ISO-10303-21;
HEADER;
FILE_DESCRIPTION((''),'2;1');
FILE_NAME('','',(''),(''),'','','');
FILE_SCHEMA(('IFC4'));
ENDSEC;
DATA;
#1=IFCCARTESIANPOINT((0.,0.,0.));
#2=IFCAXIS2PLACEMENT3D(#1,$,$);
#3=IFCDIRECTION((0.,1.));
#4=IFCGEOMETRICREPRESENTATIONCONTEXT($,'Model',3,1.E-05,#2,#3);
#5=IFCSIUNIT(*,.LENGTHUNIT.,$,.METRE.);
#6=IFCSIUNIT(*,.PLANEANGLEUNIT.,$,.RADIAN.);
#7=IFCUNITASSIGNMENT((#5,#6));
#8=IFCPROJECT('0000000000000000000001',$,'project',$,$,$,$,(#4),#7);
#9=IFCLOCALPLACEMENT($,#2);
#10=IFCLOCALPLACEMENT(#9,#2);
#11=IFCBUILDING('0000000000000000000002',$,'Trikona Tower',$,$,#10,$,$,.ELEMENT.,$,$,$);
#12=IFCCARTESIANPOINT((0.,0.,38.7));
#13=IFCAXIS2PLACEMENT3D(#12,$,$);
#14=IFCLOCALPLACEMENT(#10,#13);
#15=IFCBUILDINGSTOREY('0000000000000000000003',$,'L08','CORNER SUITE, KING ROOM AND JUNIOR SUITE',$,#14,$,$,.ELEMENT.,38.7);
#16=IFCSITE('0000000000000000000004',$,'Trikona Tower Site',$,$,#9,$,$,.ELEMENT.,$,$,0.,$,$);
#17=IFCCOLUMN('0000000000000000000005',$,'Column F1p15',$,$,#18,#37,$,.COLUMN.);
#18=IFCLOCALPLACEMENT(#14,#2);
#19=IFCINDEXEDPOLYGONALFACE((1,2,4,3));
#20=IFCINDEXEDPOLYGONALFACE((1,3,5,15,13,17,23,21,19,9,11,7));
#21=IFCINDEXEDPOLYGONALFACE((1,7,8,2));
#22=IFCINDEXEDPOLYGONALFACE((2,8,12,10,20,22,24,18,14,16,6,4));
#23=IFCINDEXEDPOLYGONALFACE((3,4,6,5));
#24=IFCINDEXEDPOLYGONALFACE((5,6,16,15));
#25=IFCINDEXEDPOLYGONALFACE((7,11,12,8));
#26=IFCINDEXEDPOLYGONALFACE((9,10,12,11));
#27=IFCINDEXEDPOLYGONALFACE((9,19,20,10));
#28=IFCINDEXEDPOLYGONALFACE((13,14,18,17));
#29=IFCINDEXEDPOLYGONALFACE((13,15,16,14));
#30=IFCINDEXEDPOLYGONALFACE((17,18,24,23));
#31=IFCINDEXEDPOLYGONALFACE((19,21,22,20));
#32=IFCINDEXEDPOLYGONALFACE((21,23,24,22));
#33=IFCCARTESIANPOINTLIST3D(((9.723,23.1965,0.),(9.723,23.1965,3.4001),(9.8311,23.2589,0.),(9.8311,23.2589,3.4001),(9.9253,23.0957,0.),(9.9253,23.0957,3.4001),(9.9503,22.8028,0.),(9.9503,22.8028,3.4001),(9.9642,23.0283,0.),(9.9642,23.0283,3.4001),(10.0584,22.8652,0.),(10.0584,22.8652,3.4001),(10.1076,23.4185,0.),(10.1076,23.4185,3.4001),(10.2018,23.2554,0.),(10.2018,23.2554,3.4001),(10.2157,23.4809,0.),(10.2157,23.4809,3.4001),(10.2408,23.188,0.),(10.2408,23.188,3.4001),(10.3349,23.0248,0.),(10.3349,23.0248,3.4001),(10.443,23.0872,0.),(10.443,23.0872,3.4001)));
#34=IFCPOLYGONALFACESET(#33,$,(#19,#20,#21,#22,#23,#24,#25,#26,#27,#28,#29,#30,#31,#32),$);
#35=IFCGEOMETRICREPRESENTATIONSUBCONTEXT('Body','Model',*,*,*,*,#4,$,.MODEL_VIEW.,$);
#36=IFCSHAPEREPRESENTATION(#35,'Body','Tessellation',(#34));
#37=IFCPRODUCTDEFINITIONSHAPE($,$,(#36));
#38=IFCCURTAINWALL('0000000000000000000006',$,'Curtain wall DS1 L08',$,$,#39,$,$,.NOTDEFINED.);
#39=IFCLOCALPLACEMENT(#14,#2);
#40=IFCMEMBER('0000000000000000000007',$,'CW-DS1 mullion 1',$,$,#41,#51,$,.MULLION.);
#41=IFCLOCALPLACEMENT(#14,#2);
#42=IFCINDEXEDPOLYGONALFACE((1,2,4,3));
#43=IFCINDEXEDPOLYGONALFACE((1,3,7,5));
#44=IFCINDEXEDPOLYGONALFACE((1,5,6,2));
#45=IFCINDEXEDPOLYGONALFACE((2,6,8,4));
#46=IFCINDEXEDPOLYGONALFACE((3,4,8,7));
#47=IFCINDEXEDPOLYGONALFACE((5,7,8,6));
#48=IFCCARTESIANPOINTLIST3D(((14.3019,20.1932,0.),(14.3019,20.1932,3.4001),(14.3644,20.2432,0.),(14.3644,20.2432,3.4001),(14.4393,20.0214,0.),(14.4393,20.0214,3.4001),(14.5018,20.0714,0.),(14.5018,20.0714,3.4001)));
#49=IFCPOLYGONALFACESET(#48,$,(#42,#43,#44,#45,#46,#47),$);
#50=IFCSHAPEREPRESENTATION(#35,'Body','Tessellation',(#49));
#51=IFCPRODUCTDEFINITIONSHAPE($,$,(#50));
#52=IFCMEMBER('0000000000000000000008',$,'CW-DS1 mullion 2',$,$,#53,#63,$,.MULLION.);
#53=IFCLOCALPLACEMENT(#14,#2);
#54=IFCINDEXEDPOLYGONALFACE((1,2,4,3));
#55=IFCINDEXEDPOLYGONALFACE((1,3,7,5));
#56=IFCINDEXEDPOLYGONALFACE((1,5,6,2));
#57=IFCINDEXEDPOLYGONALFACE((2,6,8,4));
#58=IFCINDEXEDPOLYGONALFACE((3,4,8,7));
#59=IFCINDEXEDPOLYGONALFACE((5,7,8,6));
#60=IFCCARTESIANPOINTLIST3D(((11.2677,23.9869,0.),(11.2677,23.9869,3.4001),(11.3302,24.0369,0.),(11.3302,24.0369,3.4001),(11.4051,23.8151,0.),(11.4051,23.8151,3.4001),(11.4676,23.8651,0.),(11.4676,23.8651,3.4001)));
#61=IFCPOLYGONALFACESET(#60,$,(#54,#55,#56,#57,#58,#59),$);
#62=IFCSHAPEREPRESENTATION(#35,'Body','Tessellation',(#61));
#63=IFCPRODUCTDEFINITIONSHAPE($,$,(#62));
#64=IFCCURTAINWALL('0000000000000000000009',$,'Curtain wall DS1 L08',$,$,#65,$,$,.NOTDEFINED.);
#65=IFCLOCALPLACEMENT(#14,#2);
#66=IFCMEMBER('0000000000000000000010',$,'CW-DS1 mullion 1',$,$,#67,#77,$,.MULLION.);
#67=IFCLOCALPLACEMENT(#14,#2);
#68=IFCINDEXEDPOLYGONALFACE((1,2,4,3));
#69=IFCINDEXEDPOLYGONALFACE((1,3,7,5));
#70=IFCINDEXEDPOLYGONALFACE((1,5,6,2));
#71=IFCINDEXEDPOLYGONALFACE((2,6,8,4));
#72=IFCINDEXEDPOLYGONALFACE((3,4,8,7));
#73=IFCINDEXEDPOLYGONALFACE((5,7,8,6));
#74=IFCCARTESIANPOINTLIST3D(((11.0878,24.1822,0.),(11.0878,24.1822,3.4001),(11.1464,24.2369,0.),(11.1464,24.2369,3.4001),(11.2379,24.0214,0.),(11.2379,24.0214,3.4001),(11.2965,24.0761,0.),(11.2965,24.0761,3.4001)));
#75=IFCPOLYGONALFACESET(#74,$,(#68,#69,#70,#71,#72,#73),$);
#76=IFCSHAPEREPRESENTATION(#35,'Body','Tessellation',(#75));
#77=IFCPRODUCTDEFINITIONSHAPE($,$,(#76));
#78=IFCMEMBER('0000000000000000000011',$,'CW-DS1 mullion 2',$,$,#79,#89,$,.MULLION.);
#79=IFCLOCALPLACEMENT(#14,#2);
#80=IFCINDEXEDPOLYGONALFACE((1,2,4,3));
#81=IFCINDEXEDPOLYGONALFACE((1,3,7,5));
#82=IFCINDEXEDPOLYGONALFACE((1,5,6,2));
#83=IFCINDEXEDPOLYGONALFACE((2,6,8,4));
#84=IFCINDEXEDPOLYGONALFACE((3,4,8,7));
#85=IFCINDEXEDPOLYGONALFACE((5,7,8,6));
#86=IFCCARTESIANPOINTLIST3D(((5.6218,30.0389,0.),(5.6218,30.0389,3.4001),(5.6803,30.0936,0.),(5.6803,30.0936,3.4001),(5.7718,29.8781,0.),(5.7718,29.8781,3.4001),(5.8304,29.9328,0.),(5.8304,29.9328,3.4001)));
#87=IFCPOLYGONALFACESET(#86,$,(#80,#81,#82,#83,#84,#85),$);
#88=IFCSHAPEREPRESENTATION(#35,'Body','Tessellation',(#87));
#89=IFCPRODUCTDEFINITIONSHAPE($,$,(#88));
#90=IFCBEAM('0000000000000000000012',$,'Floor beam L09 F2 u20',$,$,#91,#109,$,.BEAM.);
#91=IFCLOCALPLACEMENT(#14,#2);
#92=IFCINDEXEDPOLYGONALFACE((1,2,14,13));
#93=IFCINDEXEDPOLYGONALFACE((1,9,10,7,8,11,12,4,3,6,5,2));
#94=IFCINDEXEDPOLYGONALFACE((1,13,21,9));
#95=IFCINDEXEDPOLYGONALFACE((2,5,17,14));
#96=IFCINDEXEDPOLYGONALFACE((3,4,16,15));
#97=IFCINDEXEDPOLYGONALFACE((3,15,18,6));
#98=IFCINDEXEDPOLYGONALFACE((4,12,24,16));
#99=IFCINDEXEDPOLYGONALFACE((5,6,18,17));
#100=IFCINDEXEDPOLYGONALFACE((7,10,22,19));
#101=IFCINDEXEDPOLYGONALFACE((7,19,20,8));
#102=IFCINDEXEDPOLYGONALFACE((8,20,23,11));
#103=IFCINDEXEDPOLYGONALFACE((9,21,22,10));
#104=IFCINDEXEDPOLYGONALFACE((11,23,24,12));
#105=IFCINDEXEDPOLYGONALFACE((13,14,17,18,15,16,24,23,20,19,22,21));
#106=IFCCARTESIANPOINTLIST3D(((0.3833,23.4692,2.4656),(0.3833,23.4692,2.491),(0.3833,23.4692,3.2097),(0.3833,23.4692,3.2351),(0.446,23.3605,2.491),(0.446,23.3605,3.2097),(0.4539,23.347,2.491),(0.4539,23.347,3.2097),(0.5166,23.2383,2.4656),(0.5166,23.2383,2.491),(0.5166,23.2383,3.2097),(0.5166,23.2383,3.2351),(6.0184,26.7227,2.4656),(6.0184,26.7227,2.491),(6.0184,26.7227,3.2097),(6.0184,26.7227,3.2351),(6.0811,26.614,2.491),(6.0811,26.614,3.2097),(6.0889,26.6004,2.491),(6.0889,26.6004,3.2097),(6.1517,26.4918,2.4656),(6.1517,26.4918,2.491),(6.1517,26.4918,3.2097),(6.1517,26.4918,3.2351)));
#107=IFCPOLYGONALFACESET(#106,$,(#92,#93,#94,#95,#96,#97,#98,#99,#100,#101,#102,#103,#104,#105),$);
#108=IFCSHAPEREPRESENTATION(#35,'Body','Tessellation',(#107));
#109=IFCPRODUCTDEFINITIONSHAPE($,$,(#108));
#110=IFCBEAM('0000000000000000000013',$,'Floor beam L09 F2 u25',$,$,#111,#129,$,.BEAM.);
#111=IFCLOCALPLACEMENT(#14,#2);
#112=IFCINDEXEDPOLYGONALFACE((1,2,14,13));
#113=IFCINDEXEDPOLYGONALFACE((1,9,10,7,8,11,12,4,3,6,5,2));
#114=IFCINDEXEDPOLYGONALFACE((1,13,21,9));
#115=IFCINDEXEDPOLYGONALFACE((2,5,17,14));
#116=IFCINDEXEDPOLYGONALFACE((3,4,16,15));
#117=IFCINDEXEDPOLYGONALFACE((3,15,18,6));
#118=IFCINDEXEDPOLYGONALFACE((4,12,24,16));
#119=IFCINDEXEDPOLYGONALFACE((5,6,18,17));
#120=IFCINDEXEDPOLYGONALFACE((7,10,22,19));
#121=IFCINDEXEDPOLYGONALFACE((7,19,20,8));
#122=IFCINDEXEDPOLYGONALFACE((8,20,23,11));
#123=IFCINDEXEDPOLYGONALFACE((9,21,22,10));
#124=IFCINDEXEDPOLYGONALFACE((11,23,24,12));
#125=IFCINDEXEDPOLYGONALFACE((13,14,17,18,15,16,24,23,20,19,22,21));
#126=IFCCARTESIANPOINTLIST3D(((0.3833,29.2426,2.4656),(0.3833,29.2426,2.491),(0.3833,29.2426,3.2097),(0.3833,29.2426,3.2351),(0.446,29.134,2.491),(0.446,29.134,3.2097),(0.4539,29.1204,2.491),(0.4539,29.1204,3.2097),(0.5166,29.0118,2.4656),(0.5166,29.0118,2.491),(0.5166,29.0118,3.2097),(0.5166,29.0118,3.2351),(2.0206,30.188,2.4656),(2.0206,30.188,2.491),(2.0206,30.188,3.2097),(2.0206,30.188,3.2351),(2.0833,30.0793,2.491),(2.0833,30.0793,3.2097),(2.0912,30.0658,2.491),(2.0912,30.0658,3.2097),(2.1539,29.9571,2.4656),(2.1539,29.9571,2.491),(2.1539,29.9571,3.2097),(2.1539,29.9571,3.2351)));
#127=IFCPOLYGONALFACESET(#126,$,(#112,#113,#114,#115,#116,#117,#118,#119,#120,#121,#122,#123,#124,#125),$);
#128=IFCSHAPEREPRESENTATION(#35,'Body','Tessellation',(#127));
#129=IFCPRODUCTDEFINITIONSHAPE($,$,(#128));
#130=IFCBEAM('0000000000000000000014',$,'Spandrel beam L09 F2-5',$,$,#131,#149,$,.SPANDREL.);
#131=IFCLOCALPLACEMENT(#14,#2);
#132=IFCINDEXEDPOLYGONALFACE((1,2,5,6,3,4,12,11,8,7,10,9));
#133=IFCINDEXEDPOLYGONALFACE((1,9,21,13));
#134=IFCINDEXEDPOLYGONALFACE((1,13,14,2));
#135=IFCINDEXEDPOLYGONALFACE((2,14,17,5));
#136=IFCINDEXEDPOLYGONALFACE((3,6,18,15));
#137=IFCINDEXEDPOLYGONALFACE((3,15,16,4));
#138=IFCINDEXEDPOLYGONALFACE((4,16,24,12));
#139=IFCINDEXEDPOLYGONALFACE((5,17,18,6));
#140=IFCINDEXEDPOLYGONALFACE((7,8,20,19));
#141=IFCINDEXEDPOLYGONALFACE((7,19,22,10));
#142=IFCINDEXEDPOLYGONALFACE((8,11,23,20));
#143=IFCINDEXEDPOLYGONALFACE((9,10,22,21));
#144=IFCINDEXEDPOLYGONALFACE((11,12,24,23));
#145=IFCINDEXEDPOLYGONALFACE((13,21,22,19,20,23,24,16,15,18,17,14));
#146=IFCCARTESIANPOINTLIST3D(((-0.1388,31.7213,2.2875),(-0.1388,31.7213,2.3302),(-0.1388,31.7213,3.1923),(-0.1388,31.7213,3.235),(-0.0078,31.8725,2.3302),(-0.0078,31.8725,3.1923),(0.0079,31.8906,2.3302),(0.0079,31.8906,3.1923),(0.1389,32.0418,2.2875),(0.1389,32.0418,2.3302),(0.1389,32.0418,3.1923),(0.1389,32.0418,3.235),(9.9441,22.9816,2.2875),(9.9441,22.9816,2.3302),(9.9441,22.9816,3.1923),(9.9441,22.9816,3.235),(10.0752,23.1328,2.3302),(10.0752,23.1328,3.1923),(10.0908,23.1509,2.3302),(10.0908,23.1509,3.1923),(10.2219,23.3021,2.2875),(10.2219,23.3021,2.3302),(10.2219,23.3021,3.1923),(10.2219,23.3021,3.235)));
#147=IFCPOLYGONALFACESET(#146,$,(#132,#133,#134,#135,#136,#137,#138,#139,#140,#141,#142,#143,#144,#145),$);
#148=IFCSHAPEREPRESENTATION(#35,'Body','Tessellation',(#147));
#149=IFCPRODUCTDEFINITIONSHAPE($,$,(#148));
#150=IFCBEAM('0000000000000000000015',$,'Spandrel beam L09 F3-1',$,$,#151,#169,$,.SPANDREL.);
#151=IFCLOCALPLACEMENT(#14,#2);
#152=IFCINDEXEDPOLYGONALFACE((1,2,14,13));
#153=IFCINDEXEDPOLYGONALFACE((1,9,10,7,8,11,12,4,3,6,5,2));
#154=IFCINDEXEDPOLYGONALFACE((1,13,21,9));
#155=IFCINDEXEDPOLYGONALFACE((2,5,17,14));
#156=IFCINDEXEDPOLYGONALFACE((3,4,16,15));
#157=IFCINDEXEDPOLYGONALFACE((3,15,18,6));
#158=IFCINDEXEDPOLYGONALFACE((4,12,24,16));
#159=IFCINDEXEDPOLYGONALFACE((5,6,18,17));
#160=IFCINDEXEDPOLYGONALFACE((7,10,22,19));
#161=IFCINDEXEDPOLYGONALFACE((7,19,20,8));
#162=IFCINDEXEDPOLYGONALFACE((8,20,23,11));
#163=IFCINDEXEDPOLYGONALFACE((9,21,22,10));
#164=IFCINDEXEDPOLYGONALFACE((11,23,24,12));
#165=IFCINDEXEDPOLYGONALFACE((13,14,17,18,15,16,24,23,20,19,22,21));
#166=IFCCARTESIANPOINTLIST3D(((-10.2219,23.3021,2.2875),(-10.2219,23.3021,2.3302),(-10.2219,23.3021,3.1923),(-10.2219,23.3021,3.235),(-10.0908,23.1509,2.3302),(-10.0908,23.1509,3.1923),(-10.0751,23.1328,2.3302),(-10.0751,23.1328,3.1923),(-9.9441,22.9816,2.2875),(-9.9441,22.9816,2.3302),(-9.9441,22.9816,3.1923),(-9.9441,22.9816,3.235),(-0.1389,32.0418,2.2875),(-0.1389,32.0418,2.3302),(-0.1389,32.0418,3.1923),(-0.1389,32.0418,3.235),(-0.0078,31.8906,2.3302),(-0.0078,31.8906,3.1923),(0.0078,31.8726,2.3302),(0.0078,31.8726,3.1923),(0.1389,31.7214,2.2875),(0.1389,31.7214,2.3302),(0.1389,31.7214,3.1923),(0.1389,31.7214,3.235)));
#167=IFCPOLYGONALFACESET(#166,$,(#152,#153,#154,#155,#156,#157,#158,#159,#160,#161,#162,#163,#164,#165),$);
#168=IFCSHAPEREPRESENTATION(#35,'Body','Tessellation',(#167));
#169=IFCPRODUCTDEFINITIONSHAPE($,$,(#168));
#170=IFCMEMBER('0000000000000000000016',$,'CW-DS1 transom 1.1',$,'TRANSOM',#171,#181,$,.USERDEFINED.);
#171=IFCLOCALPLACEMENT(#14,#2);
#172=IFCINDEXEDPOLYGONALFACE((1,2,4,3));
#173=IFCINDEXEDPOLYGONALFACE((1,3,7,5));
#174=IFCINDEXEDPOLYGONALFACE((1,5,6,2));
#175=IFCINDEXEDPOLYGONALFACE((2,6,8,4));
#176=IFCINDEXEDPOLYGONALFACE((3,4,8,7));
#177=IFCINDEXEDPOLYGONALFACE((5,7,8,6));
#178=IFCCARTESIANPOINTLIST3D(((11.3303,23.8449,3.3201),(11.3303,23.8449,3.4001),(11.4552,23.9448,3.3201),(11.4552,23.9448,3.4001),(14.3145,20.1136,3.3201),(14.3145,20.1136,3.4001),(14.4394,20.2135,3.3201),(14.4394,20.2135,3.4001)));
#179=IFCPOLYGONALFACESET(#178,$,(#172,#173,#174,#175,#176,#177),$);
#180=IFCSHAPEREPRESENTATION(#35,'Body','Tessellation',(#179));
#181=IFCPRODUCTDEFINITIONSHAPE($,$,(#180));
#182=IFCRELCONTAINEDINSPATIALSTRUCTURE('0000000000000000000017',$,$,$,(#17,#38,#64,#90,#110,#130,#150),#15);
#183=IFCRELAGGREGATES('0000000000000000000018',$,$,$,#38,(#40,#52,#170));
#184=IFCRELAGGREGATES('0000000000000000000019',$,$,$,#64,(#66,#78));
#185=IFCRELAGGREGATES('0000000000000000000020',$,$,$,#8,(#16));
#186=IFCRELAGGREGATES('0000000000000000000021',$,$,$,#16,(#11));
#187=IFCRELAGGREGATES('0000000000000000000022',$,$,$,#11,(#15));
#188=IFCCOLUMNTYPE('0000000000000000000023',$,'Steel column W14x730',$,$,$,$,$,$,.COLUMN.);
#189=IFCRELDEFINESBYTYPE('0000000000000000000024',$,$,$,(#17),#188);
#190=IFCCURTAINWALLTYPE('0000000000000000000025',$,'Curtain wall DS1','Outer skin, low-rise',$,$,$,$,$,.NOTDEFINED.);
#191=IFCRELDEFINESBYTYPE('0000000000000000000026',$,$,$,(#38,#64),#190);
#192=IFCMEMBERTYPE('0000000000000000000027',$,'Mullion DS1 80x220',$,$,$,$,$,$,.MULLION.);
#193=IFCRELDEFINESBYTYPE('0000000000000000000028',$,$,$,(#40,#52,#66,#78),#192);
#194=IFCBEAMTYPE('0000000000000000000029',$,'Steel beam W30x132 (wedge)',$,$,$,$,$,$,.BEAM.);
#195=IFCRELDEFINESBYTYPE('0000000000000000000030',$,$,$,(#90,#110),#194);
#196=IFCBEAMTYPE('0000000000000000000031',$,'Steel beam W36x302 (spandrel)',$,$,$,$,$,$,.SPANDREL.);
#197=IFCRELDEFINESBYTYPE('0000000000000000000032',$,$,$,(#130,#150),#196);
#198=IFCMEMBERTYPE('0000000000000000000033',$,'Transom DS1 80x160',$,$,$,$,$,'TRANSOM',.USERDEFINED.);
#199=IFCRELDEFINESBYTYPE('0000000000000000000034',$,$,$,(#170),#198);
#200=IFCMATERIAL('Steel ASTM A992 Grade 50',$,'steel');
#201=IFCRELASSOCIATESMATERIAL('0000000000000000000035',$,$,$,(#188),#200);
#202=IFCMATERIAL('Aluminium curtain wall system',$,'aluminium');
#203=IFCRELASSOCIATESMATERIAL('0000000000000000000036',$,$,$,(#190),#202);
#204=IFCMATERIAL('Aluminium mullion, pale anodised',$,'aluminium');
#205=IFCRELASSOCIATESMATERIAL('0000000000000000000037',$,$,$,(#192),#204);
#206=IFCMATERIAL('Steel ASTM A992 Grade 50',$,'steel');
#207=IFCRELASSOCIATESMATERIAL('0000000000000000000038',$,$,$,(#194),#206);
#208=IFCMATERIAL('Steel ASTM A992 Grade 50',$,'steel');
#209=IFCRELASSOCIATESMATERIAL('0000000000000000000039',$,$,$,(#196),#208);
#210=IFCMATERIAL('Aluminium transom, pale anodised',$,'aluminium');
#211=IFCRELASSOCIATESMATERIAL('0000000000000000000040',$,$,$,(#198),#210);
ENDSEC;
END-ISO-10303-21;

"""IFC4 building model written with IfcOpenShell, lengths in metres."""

from ifc_helpers import new_model, si_unit, direction, frame, origin, origin_2d, place, context, subcontext, project, spatial, rectangle, i_section, extrude, material, material_profile, profile_set, type_object, element, aggregate, save


model = new_model("IFC4")

# Units and contexts
model_context = context("Model", 3, precision=1e-05, world=origin(), true_north=direction((0.0, 1.0)))
body_context = subcontext(model_context, "Body", "Model", "MODEL_VIEW")
ifc_project = project(units=[si_unit("LENGTHUNIT", "METRE"), si_unit("PLANEANGLEUNIT", "RADIAN")], contexts=[model_context])

# Site, building, storey
site_placement = place(None, origin())
site = spatial("IfcSite", under=ifc_project, at=site_placement, Name="Trikona Tower Site", CompositionType="ELEMENT", RefElevation=0.0)
building_placement = place(site_placement, origin())
building = spatial("IfcBuilding", under=site, at=building_placement, Name="Trikona Tower", CompositionType="ELEMENT")
storey_placement = place(building_placement, frame((0.0, 0.0, 38.7)))
storey = spatial("IfcBuildingStorey", under=building, at=storey_placement, Name="L08", Description="CORNER SUITE, KING ROOM AND JUNIOR SUITE", CompositionType="ELEMENT", Elevation=38.7)

# Column
ifc_material_1 = material(Name="Steel ASTM A992 Grade 50", Category="steel")
ifc_material_profile_1 = material_profile(ifc_material_1, i_section(OverallWidth=0.4546, OverallDepth=0.5688, WebThickness=0.0779, FlangeThickness=0.1248, at=origin_2d()), Name="W14X730")
ifc_profile_set_1 = profile_set([ifc_material_profile_1], Name="Steel ASTM A992 Grade 50")
column_type = type_object("IfcColumnType", Name="Steel column W14x730", PredefinedType="COLUMN", material=ifc_profile_set_1)
column_placement = place(storey_placement, frame((10.083, 23.1418, 0.0), z_axis=(0.0, 0.0, 1.0), x_axis=(-0.5, 0.866025, 0.0)))
element("IfcColumn", 1, at=column_placement, inside=storey, type_object=column_type, Name="Column F1p15", PredefinedType="COLUMN", context=body_context, shape_type="SweptSolid", body=[
    extrude(i_section(OverallWidth=0.4546, OverallDepth=0.5688, WebThickness=0.0779, FlangeThickness=0.1248, at=origin_2d()), origin(), (0.0, 0.0, 1.0), 3.4001),
])

# Curtain walls, members
ifc_material_2 = material(Name="Aluminium curtain wall system", Category="aluminium")
curtain_wall_type = type_object("IfcCurtainWallType", Name="Curtain wall DS1", Description="Outer skin, low-rise", PredefinedType="NOTDEFINED", material=ifc_material_2)
curtain_wall_1_placement = place(storey_placement, origin())
curtain_wall_1 = element("IfcCurtainWall", 2, at=curtain_wall_1_placement, inside=storey, type_object=curtain_wall_type, Name="Curtain wall DS1 L08", PredefinedType="NOTDEFINED")
ifc_material_3 = material(Name="Aluminium mullion, pale anodised", Category="aluminium")
ifc_material_profile_2 = material_profile(ifc_material_3, rectangle(XDim=0.0801, YDim=0.22, at=origin_2d()), Name="MUL-DS1")
ifc_profile_set_2 = profile_set([ifc_material_profile_2], Name="Aluminium mullion, pale anodised")
member_type_1 = type_object("IfcMemberType", Name="Mullion DS1 80x220", PredefinedType="MULLION", material=ifc_profile_set_2)
member_1_placement = place(storey_placement, frame((14.4019, 20.1323, 0.0), z_axis=(0.0, 0.0, 1.0), x_axis=(-0.780938, -0.624609, 0.0)))
member_1 = element("IfcMember", 3, at=member_1_placement, type_object=member_type_1, Name="CW-DS1 mullion 1", PredefinedType="MULLION", context=body_context, shape_type="SweptSolid", body=[
    extrude(rectangle(XDim=0.0801, YDim=0.22, at=origin_2d()), origin(), (0.0, 0.0, 1.0), 3.4001),
])
member_2_placement = place(storey_placement, frame((11.3677, 23.926, 0.0), z_axis=(0.0, 0.0, 1.0), x_axis=(-0.780938, -0.624609, 0.0)))
member_2 = element("IfcMember", 4, at=member_2_placement, type_object=member_type_1, Name="CW-DS1 mullion 2", PredefinedType="MULLION", context=body_context, shape_type="SweptSolid", body=[
    extrude(rectangle(XDim=0.0801, YDim=0.22, at=origin_2d()), origin(), (0.0, 0.0, 1.0), 3.4001),
])
curtain_wall_2_placement = place(storey_placement, origin())
curtain_wall_2 = element("IfcCurtainWall", 5, at=curtain_wall_2_placement, inside=storey, type_object=curtain_wall_type, Name="Curtain wall DS1 L08", PredefinedType="NOTDEFINED")
member_3_placement = place(storey_placement, frame((11.1921, 24.1292, 0.0), z_axis=(0.0, 0.0, 1.0), x_axis=(-0.731077, -0.682295, 0.0)))
member_3 = element("IfcMember", 6, at=member_3_placement, type_object=member_type_1, Name="CW-DS1 mullion 1", PredefinedType="MULLION", context=body_context, shape_type="SweptSolid", body=[
    extrude(rectangle(XDim=0.0801, YDim=0.22, at=origin_2d()), origin(), (0.0, 0.0, 1.0), 3.4001),
])
member_4_placement = place(storey_placement, frame((5.7261, 29.9858, 0.0), z_axis=(0.0, 0.0, 1.0), x_axis=(-0.731077, -0.682295, 0.0)))
member_4 = element("IfcMember", 7, at=member_4_placement, type_object=member_type_1, Name="CW-DS1 mullion 2", PredefinedType="MULLION", context=body_context, shape_type="SweptSolid", body=[
    extrude(rectangle(XDim=0.0801, YDim=0.22, at=origin_2d()), origin(), (0.0, 0.0, 1.0), 3.4001),
])

# Beams
ifc_material_4 = material(Name="Steel ASTM A992 Grade 50", Category="steel")
ifc_material_profile_3 = material_profile(ifc_material_4, i_section(OverallWidth=0.2666, OverallDepth=0.7695, WebThickness=0.0156, FlangeThickness=0.0254, at=origin_2d()), Name="W30X132")
ifc_profile_set_3 = profile_set([ifc_material_profile_3], Name="Steel ASTM A992 Grade 50")
beam_type_1 = type_object("IfcBeamType", Name="Steel beam W30x132 (wedge)", PredefinedType="BEAM", material=ifc_profile_set_3)
beam_1_placement = place(storey_placement, frame((0.45, 23.3538, 2.8503), z_axis=(0.866023, 0.500005, 0.0), x_axis=(-0.500005, 0.866023, 0.0)))
element("IfcBeam", 8, at=beam_1_placement, inside=storey, type_object=beam_type_1, Name="Floor beam L09 F2 u20", PredefinedType="BEAM", context=body_context, shape_type="SweptSolid", body=[
    extrude(i_section(OverallWidth=0.2666, OverallDepth=0.7695, WebThickness=0.0156, FlangeThickness=0.0254, at=origin_2d()), origin(), (0.0, 0.0, 1.0), 6.5068),
])
beam_2_placement = place(storey_placement, frame((0.45, 29.1272, 2.8503), z_axis=(0.866009, 0.500028, 0.0), x_axis=(-0.500028, 0.866009, 0.0)))
element("IfcBeam", 9, at=beam_2_placement, inside=storey, type_object=beam_type_1, Name="Floor beam L09 F2 u25", PredefinedType="BEAM", context=body_context, shape_type="SweptSolid", body=[
    extrude(i_section(OverallWidth=0.2666, OverallDepth=0.7695, WebThickness=0.0156, FlangeThickness=0.0254, at=origin_2d()), origin(), (0.0, 0.0, 1.0), 1.8906),
])
ifc_material_5 = material(Name="Steel ASTM A992 Grade 50", Category="steel")
ifc_material_profile_4 = material_profile(ifc_material_5, i_section(OverallWidth=0.4241, OverallDepth=0.9475, WebThickness=0.0239, FlangeThickness=0.0427, at=origin_2d()), Name="W36X302")
ifc_profile_set_4 = profile_set([ifc_material_profile_4], Name="Steel ASTM A992 Grade 50")
beam_type_2 = type_object("IfcBeamType", Name="Steel beam W36x302 (spandrel)", PredefinedType="SPANDREL", material=ifc_profile_set_4)
for number, where, z_axis, x_axis, name in (
    (10, (10.083, 23.1418, 2.7612), (-0.755647, 0.654979, 0.0), (-0.654979, -0.755647, 0.0), "Spandrel beam L09 F2-5"),
    (11, (0.0, 31.8816, 2.7612), (-0.755647, -0.654979, 0.0), (0.654979, -0.755647, 0.0), "Spandrel beam L09 F3-1"),
):
    element("IfcBeam", number, at=place(storey_placement, frame(where, z_axis=z_axis, x_axis=x_axis)), inside=storey, type_object=beam_type_2, Name=name, PredefinedType="SPANDREL", context=body_context, shape_type="SweptSolid", body=[
        extrude(i_section(OverallWidth=0.4241, OverallDepth=0.9475, WebThickness=0.0239, FlangeThickness=0.0427, at=origin_2d()), origin(), (0.0, 0.0, 1.0), 13.3435),
    ])

# Member
ifc_material_6 = material(Name="Aluminium transom, pale anodised", Category="aluminium")
ifc_material_profile_5 = material_profile(ifc_material_6, rectangle(XDim=0.1599, YDim=0.0801, at=origin_2d()), Name="TRN-DS1")
ifc_profile_set_5 = profile_set([ifc_material_profile_5], Name="Aluminium transom, pale anodised")
member_type_2 = type_object("IfcMemberType", Name="Transom DS1 80x160", ElementType="TRANSOM", PredefinedType="USERDEFINED", material=ifc_profile_set_5)
member_5_placement = place(storey_placement, frame((14.377, 20.1636, 3.3601), z_axis=(-0.624589, 0.780954, 0.0), x_axis=(-0.780954, -0.624589, 0.0)))
member_5 = element("IfcMember", 12, at=member_5_placement, type_object=member_type_2, Name="CW-DS1 transom 1.1", ObjectType="TRANSOM", PredefinedType="USERDEFINED", context=body_context, shape_type="SweptSolid", body=[
    extrude(rectangle(XDim=0.1599, YDim=0.0801, at=origin_2d()), origin(), (0.0, 0.0, 1.0), 4.7778),
])

aggregate(curtain_wall_1, [member_1, member_2, member_5])
aggregate(curtain_wall_2, [member_3, member_4])

save(model, "model.ifc")
